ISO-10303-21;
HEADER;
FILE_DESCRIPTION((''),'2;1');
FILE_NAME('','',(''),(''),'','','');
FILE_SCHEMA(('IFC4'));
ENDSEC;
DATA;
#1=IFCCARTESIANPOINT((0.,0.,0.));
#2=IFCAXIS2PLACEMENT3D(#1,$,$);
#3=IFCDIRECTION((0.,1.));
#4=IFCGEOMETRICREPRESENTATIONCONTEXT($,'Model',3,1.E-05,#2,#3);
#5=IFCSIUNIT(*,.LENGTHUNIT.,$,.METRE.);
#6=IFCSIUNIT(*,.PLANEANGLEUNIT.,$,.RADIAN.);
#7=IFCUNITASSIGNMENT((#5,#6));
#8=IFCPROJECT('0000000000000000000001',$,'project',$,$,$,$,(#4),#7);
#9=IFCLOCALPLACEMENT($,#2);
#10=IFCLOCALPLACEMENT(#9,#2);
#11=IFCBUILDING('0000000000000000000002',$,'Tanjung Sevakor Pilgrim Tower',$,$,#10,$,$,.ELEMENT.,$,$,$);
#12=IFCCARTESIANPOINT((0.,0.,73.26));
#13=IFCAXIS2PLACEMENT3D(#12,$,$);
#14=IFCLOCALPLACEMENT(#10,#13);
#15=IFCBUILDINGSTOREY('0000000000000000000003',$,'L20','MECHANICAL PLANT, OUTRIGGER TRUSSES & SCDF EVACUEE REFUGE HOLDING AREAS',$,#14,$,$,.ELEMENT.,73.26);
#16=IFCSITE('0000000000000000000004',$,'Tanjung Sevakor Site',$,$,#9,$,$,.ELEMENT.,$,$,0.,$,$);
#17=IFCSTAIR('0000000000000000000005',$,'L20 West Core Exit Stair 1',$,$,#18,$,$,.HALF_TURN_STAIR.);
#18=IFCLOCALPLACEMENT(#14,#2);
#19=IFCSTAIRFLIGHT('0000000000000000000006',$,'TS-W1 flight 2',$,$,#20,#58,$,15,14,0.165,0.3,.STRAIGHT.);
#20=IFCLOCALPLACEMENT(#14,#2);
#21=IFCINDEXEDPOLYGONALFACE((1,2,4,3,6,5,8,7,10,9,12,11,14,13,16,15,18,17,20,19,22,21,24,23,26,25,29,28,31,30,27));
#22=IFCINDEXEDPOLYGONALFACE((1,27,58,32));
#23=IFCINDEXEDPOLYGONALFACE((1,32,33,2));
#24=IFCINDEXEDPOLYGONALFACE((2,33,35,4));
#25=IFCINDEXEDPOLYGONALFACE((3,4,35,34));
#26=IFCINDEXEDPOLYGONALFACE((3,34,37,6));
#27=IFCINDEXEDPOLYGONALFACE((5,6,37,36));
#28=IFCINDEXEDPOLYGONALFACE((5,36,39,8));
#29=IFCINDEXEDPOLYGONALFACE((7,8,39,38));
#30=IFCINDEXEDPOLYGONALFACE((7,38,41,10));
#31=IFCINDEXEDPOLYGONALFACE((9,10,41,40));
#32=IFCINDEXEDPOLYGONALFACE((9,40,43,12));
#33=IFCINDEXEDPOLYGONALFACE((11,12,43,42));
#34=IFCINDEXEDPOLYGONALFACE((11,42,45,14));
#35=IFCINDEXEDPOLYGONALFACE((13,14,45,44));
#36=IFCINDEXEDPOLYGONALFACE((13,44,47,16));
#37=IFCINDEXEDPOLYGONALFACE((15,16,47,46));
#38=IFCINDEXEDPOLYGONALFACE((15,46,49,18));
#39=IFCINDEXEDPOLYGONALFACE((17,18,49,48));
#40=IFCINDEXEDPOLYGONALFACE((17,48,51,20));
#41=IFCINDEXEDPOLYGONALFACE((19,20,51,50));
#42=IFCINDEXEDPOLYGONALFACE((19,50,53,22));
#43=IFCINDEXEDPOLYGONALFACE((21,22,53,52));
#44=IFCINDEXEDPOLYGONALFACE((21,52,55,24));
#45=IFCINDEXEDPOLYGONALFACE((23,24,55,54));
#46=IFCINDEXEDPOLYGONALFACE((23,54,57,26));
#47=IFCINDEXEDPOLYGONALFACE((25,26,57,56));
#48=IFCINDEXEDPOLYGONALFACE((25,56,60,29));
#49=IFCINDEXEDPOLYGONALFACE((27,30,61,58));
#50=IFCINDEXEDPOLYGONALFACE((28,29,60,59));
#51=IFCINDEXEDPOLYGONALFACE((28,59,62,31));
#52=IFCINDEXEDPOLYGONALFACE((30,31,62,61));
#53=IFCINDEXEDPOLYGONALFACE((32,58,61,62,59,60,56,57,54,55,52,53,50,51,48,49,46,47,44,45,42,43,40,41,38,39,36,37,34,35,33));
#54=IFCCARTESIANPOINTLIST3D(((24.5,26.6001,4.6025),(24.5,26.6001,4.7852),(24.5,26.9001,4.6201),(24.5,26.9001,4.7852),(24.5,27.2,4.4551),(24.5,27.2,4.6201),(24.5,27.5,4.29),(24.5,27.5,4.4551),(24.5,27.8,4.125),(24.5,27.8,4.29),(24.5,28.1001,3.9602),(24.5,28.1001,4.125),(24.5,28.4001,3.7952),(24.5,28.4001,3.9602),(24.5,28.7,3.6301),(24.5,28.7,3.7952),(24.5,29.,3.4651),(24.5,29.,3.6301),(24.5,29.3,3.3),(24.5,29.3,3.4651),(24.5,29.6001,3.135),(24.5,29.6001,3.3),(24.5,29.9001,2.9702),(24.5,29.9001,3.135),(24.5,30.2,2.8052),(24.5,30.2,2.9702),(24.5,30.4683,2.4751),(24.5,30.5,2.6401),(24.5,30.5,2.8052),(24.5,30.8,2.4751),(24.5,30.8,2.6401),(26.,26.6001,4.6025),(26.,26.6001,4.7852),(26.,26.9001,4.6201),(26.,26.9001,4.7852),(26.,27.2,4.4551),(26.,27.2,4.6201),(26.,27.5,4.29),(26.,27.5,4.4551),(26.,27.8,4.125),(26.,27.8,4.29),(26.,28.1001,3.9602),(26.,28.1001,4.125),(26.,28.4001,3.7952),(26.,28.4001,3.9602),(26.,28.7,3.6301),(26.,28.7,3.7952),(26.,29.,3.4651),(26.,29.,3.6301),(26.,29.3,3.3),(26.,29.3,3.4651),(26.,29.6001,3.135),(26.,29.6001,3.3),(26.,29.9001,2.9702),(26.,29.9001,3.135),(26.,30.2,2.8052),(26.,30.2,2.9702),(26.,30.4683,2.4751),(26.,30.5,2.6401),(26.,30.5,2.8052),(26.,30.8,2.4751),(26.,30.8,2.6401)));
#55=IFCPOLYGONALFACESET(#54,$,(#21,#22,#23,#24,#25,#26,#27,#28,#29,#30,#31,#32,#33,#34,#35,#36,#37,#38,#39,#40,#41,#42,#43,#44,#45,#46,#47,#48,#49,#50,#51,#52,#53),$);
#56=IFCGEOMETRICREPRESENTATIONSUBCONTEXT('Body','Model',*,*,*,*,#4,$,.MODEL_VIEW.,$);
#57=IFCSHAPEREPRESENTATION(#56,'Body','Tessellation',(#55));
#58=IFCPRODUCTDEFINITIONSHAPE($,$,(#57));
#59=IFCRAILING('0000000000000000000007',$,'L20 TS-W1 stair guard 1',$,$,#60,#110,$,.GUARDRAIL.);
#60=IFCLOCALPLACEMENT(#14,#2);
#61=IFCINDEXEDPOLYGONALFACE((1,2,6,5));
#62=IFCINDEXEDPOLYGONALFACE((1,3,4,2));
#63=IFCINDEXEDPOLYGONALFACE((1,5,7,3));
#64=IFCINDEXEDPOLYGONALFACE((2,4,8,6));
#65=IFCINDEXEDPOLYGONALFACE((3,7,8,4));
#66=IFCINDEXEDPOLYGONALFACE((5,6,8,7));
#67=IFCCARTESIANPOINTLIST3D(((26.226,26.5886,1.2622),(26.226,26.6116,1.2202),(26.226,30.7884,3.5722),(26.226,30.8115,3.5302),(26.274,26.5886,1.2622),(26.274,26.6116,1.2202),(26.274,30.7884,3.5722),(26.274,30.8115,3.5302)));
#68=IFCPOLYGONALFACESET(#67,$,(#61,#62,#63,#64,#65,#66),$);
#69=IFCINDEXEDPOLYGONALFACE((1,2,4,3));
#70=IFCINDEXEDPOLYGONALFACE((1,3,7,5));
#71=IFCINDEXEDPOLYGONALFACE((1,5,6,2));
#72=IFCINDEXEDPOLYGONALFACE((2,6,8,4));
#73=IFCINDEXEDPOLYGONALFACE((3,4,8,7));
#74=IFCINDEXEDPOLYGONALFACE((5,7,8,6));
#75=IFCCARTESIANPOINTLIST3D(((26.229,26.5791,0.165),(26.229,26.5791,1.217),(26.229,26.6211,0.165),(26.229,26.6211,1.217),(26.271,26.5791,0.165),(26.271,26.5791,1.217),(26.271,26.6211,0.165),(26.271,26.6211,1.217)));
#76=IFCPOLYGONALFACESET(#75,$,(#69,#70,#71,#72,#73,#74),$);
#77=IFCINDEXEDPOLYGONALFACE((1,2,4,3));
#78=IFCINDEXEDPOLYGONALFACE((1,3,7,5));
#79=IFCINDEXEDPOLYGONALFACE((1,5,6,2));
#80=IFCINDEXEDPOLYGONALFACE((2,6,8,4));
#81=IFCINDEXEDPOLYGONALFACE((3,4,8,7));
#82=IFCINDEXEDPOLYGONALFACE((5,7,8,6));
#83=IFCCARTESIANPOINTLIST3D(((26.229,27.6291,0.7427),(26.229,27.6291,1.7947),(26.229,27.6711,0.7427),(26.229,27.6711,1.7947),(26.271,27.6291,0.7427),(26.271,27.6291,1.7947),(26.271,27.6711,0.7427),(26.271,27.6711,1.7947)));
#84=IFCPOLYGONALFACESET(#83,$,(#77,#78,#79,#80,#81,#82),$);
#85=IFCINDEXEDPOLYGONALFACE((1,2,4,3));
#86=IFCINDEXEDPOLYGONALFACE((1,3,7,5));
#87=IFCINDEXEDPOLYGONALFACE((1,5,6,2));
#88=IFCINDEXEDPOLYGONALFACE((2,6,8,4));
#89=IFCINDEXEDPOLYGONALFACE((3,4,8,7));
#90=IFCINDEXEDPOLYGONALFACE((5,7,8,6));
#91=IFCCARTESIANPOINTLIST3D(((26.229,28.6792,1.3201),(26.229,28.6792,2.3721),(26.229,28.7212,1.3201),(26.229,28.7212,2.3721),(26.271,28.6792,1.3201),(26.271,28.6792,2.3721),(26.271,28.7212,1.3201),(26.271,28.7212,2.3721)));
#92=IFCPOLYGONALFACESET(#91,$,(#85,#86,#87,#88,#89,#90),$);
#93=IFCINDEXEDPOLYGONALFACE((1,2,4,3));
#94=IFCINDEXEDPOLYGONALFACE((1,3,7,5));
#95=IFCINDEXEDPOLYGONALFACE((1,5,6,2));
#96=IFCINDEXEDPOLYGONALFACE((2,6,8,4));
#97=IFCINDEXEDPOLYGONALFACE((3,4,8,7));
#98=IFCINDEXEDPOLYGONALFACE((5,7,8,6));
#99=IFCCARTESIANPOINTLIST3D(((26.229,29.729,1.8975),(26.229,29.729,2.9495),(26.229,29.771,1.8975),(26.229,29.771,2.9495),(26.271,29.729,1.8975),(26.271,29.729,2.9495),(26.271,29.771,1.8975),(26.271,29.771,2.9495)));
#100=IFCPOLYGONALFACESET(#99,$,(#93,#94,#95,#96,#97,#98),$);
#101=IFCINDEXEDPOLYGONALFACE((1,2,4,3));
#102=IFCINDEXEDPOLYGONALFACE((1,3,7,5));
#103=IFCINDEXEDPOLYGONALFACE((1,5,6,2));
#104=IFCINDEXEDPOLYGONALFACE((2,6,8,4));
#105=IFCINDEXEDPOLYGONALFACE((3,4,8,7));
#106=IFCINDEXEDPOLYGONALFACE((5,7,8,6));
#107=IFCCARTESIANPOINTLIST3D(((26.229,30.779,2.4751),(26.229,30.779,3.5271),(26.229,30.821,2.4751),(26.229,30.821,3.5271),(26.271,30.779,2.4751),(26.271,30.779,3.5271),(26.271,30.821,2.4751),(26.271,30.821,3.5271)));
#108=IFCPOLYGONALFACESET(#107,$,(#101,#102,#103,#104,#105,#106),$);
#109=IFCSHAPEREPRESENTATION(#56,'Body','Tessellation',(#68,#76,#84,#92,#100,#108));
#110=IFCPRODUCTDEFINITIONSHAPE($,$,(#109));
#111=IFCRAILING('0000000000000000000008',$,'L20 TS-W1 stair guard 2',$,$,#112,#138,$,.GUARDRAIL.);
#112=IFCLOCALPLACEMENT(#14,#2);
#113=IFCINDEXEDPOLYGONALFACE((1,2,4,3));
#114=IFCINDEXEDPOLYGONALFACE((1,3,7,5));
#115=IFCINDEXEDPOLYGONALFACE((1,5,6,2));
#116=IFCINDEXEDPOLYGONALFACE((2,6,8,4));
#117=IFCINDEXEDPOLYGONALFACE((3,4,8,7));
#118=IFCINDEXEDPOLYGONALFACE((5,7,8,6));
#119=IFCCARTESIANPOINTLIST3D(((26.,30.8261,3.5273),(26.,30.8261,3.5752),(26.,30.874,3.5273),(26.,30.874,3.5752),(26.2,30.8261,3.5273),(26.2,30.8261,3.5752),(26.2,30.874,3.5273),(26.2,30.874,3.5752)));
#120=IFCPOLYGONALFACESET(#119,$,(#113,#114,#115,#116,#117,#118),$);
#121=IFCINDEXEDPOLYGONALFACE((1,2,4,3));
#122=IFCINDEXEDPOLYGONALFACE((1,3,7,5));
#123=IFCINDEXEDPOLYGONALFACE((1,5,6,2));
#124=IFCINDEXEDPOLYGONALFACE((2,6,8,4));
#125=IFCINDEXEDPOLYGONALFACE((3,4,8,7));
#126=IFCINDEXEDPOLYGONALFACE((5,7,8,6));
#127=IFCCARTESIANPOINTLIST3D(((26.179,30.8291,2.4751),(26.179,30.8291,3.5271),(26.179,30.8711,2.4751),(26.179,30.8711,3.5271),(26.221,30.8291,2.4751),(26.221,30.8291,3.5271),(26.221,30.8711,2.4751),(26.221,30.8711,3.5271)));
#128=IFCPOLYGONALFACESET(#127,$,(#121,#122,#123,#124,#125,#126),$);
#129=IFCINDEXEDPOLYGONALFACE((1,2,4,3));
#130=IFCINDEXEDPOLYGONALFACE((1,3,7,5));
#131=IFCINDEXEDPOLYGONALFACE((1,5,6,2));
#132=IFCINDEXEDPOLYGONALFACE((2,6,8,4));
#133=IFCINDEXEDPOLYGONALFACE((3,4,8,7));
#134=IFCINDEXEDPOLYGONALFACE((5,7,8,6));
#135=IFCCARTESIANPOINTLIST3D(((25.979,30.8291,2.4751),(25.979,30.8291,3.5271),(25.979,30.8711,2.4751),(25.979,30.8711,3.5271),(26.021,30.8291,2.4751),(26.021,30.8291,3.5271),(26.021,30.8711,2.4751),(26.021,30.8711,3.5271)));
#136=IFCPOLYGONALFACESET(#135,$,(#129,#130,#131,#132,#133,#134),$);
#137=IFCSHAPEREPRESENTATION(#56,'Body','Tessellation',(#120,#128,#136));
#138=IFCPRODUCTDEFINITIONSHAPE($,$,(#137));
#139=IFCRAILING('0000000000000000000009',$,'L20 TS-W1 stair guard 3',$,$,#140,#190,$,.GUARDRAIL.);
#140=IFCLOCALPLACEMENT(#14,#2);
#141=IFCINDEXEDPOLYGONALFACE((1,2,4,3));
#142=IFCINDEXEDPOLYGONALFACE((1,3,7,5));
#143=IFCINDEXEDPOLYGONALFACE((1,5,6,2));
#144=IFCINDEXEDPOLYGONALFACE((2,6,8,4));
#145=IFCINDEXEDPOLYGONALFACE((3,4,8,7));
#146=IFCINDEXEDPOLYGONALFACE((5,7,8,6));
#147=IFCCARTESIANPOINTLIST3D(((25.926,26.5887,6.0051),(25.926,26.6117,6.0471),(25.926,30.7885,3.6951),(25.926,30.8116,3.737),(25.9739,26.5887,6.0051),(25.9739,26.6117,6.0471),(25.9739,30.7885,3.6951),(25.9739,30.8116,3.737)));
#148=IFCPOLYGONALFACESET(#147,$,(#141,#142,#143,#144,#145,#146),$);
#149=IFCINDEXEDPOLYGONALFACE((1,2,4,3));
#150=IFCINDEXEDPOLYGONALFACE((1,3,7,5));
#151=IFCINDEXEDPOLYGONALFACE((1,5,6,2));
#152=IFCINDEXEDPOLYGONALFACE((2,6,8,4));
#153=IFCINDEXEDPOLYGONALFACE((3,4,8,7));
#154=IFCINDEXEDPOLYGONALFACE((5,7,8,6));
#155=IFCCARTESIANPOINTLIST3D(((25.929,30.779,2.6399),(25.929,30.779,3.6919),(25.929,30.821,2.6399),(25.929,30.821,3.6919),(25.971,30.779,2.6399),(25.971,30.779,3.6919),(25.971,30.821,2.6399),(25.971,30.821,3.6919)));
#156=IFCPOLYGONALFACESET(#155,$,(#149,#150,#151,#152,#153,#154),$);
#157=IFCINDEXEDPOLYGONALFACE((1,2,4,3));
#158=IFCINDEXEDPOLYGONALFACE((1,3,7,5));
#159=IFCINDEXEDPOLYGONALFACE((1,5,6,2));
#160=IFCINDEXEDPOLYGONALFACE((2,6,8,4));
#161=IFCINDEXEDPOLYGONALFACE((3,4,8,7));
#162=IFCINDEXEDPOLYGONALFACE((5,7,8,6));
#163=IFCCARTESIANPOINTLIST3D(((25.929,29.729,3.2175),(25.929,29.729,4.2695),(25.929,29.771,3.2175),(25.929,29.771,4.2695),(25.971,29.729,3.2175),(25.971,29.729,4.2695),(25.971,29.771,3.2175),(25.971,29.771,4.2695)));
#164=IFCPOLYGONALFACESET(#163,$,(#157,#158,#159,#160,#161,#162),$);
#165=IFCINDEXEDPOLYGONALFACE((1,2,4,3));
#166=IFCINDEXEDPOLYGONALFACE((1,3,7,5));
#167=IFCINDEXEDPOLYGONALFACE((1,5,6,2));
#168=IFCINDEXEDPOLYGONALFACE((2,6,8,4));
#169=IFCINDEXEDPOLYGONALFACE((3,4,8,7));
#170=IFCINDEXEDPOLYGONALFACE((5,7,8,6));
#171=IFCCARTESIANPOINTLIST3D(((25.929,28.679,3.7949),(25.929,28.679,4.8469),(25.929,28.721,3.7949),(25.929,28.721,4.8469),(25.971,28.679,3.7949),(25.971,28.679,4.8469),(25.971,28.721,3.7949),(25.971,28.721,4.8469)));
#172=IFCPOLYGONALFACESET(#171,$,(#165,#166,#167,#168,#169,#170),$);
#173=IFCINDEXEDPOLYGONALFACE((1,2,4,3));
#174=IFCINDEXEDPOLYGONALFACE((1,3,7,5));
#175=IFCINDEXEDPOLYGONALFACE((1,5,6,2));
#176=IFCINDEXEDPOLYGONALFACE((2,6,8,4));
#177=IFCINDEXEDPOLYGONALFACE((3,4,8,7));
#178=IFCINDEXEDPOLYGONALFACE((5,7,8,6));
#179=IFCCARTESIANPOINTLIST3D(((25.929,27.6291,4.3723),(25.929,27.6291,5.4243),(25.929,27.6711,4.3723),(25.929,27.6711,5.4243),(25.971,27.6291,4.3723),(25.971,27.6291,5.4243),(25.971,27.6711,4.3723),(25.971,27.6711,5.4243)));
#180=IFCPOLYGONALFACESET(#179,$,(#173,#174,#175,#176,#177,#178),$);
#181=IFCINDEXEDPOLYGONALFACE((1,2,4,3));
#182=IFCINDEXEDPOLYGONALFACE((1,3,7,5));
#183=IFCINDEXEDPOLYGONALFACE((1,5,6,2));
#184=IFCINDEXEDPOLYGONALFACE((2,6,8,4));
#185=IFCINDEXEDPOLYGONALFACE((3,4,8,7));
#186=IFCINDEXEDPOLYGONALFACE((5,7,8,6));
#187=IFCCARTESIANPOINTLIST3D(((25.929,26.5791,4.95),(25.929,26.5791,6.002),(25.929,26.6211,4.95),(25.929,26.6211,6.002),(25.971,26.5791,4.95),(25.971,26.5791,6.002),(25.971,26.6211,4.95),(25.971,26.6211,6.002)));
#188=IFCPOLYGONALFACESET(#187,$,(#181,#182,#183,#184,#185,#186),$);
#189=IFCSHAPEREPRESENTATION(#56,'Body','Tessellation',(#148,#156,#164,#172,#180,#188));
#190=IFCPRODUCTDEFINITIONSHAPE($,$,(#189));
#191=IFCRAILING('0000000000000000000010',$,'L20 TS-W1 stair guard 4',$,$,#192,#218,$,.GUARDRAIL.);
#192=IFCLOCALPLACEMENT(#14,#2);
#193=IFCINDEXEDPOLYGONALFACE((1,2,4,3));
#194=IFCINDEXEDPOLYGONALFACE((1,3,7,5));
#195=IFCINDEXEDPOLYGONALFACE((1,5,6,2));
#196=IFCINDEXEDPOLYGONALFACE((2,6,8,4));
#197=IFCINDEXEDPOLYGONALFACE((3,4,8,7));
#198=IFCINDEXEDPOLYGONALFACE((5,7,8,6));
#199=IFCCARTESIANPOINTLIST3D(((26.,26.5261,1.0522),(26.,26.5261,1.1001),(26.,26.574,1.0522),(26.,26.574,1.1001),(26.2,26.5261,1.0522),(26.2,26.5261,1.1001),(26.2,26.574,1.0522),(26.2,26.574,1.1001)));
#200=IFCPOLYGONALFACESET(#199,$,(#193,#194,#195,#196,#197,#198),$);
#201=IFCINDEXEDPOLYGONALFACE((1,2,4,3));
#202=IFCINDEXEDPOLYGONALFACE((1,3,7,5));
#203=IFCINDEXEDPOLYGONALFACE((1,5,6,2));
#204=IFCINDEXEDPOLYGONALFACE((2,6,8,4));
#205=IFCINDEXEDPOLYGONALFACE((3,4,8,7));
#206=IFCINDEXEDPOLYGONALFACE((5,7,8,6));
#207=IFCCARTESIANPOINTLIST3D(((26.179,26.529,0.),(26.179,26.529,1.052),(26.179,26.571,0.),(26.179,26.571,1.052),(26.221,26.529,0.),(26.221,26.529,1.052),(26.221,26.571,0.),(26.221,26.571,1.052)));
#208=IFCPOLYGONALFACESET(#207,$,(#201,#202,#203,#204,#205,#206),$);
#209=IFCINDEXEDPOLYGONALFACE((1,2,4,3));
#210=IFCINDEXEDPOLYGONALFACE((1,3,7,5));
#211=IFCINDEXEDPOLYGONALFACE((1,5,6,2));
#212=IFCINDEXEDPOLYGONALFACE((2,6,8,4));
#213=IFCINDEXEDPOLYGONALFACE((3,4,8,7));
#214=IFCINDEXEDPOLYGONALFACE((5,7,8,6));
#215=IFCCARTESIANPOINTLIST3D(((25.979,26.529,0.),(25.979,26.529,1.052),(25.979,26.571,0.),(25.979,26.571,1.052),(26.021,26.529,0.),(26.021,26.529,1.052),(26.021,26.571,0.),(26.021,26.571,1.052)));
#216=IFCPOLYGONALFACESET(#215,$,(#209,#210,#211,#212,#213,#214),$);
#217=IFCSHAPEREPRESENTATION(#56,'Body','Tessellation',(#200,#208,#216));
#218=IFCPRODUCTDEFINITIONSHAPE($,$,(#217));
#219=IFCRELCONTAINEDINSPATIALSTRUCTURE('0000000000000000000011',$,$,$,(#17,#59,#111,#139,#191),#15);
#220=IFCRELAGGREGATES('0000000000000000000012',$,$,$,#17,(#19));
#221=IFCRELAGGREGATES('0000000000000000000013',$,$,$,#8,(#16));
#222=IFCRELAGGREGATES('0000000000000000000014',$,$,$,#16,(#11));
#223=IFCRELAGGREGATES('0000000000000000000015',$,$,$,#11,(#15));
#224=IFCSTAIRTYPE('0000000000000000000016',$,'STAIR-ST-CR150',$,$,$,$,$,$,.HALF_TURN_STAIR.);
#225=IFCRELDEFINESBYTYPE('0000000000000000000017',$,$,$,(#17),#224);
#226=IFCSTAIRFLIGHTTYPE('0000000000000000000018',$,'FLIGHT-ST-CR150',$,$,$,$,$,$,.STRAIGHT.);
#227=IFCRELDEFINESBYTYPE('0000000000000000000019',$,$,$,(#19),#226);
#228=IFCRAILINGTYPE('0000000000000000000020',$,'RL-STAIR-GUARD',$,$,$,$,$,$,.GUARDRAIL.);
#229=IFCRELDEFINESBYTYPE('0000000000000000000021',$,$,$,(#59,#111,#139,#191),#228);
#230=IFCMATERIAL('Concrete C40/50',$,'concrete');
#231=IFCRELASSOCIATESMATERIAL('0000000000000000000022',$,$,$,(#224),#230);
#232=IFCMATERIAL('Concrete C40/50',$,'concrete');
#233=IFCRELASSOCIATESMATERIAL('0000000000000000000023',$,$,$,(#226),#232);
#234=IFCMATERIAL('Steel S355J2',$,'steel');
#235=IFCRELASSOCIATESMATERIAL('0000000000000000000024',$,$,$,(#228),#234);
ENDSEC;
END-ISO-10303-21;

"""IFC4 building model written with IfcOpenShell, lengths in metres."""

from ifc_helpers import new_model, si_unit, direction, frame, origin, place, context, subcontext, project, spatial, polyline, rectangle, outline, extrude, material, type_object, element, aggregate, save


model = new_model("IFC4")

# Units and contexts
model_context = context("Model", 3, precision=1e-05, world=origin(), true_north=direction((0.0, 1.0)))
body_context = subcontext(model_context, "Body", "Model", "MODEL_VIEW")
ifc_project = project(units=[si_unit("LENGTHUNIT", "METRE"), si_unit("PLANEANGLEUNIT", "RADIAN")], contexts=[model_context])

# Site, building, storey
site_placement = place(None, origin())
site = spatial("IfcSite", under=ifc_project, at=site_placement, Name="Tanjung Sevakor Site", CompositionType="ELEMENT", RefElevation=0.0)
building_placement = place(site_placement, origin())
building = spatial("IfcBuilding", under=site, at=building_placement, Name="Tanjung Sevakor Pilgrim Tower", CompositionType="ELEMENT")
storey_placement = place(building_placement, frame((0.0, 0.0, 73.26)))
storey = spatial("IfcBuildingStorey", under=building, at=storey_placement, Name="L20", Description="MECHANICAL PLANT, OUTRIGGER TRUSSES & SCDF EVACUEE REFUGE HOLDING AREAS", CompositionType="ELEMENT", Elevation=73.26)

# Stair, stair flight
ifc_material_1 = material(Name="Concrete C40/50", Category="concrete")
stair_type = type_object("IfcStairType", Name="STAIR-ST-CR150", PredefinedType="HALF_TURN_STAIR", material=ifc_material_1)
stair_placement = place(storey_placement, origin())
stair = element("IfcStair", 1, at=stair_placement, inside=storey, type_object=stair_type, Name="L20 West Core Exit Stair 1", PredefinedType="HALF_TURN_STAIR")
ifc_material_2 = material(Name="Concrete C40/50", Category="concrete")
stair_flight_type = type_object("IfcStairFlightType", Name="FLIGHT-ST-CR150", PredefinedType="STRAIGHT", material=ifc_material_2)
stair_flight_1_placement = place(storey_placement, frame((25.25, 30.8, 2.4751), z_axis=(0.0, 0.0, 1.0), x_axis=(0.0, -1.0, 0.0)))
stair_flight_1 = element("IfcStairFlight", 2, at=stair_flight_1_placement, type_object=stair_flight_type, Name="TS-W1 flight 2", NumberOfRisers=15, NumberOfTreads=14, PredefinedType="STRAIGHT", RiserHeight=0.165, TreadLength=0.3, context=body_context, shape_type="SweptSolid", body=[
    extrude(outline(polyline([(0.0, 0.0), (0.0, 0.165), (0.3, 0.165), (0.3, 0.3301), (0.6001, 0.3301), (0.6001, 0.4951), (0.8999, 0.4951), (0.8999, 0.6599), (1.2, 0.6599), (1.2, 0.825), (1.5, 0.825), (1.5, 0.99), (1.8, 0.99), (1.8, 1.155), (2.1001, 1.155), (2.1001, 1.3201), (2.3999, 1.3201), (2.3999, 1.4851), (2.7, 1.4851), (2.7, 1.6499), (3.0, 1.6499), (3.0, 1.8149), (3.3, 1.8149), (3.3, 1.98), (3.6001, 1.98), (3.6001, 2.145), (3.8999, 2.145), (3.8999, 2.3101), (4.2, 2.3101), (4.2, 2.4751), (4.2, 2.1274), (0.3318, 0.0), (0.0, 0.0)])), frame((0.0, 0.75, 0.0), z_axis=(0.0, -1.0, 0.0), x_axis=(1.0, 0.0, 0.0)), (0.0, 0.0, 1.0), 1.5),
])
aggregate(stair, [stair_flight_1])

# Railings
ifc_material_3 = material(Name="Steel S355J2", Category="steel")
railing_type_1 = type_object("IfcRailingType", Name="RL-STAIR-GUARD", PredefinedType="GUARDRAIL", material=ifc_material_3)
railing_1_placement = place(storey_placement, frame((26.25, 26.6001, 0.165)))
element("IfcRailing", 3, at=railing_1_placement, inside=storey, type_object=railing_type_1, Name="L20 TS-W1 stair guard 1", PredefinedType="GUARDRAIL", context=body_context, shape_type="SweptSolid", body=[
    extrude(rectangle(XDim=0.0479, YDim=0.0479), frame((0.0, 0.0, 1.0762), z_axis=(0.0, 0.876208, 0.481932), x_axis=(-1.0, 0.0, 0.0)), (0.0, 0.0, 1.0), 4.7932),
    extrude(rectangle(XDim=0.042, YDim=0.042), origin(), (0.0, 0.0, 1.0), 1.052),
    extrude(rectangle(XDim=0.042, YDim=0.042), frame((0.0, 1.05, 0.5776)), (0.0, 0.0, 1.0), 1.052),
    extrude(rectangle(XDim=0.042, YDim=0.042), frame((0.0, 2.1001, 1.155)), (0.0, 0.0, 1.0), 1.052),
    extrude(rectangle(XDim=0.042, YDim=0.042), frame((0.0, 3.1499, 1.7324)), (0.0, 0.0, 1.0), 1.052),
    extrude(rectangle(XDim=0.042, YDim=0.042), frame((0.0, 4.2, 2.3101)), (0.0, 0.0, 1.0), 1.052),
])
railing_2_placement = place(storey_placement, frame((26.2, 30.8501, 2.4751)))
element("IfcRailing", 4, at=railing_2_placement, inside=storey, type_object=railing_type_1, Name="L20 TS-W1 stair guard 2", PredefinedType="GUARDRAIL", context=body_context, shape_type="SweptSolid", body=[
    extrude(rectangle(XDim=0.0479, YDim=0.0479), frame((0.0, 0.0, 1.0762), z_axis=(-1.0, 0.0, 0.0), x_axis=(0.0, -1.0, 0.0)), (0.0, 0.0, 1.0), 0.2),
    extrude(rectangle(XDim=0.042, YDim=0.042), origin(), (0.0, 0.0, 1.0), 1.052),
    extrude(rectangle(XDim=0.042, YDim=0.042), frame((-0.2, 0.0, 0.0)), (0.0, 0.0, 1.0), 1.052),
])
railing_3_placement = place(storey_placement, frame((25.95, 30.8, 2.6399)))
element("IfcRailing", 5, at=railing_3_placement, inside=storey, type_object=railing_type_1, Name="L20 TS-W1 stair guard 3", PredefinedType="GUARDRAIL", context=body_context, shape_type="SweptSolid", body=[
    extrude(rectangle(XDim=0.0479, YDim=0.0479), frame((0.0, 0.0, 1.0762), z_axis=(0.0, -0.876208, 0.481932), x_axis=(1.0, 0.0, 0.0)), (0.0, 0.0, 1.0), 4.7932),
    extrude(rectangle(XDim=0.042, YDim=0.042), origin(), (0.0, 0.0, 1.0), 1.052),
    extrude(rectangle(XDim=0.042, YDim=0.042), frame((0.0, -1.05, 0.5776)), (0.0, 0.0, 1.0), 1.052),
    extrude(rectangle(XDim=0.042, YDim=0.042), frame((0.0, -2.1001, 1.155)), (0.0, 0.0, 1.0), 1.052),
    extrude(rectangle(XDim=0.042, YDim=0.042), frame((0.0, -3.1499, 1.7324)), (0.0, 0.0, 1.0), 1.052),
    extrude(rectangle(XDim=0.042, YDim=0.042), frame((0.0, -4.2, 2.3101)), (0.0, 0.0, 1.0), 1.052),
])
railing_4_placement = place(storey_placement, frame((26.2, 26.55, 0.0)))
element("IfcRailing", 6, at=railing_4_placement, inside=storey, type_object=railing_type_1, Name="L20 TS-W1 stair guard 4", PredefinedType="GUARDRAIL", context=body_context, shape_type="SweptSolid", body=[
    extrude(rectangle(XDim=0.0479, YDim=0.0479), frame((0.0, 0.0, 1.0762), z_axis=(-1.0, 0.0, 0.0), x_axis=(0.0, -1.0, 0.0)), (0.0, 0.0, 1.0), 0.2),
    extrude(rectangle(XDim=0.042, YDim=0.042), origin(), (0.0, 0.0, 1.0), 1.052),
    extrude(rectangle(XDim=0.042, YDim=0.042), frame((-0.2, 0.0, 0.0)), (0.0, 0.0, 1.0), 1.052),
])

save(model, "model.ifc")
